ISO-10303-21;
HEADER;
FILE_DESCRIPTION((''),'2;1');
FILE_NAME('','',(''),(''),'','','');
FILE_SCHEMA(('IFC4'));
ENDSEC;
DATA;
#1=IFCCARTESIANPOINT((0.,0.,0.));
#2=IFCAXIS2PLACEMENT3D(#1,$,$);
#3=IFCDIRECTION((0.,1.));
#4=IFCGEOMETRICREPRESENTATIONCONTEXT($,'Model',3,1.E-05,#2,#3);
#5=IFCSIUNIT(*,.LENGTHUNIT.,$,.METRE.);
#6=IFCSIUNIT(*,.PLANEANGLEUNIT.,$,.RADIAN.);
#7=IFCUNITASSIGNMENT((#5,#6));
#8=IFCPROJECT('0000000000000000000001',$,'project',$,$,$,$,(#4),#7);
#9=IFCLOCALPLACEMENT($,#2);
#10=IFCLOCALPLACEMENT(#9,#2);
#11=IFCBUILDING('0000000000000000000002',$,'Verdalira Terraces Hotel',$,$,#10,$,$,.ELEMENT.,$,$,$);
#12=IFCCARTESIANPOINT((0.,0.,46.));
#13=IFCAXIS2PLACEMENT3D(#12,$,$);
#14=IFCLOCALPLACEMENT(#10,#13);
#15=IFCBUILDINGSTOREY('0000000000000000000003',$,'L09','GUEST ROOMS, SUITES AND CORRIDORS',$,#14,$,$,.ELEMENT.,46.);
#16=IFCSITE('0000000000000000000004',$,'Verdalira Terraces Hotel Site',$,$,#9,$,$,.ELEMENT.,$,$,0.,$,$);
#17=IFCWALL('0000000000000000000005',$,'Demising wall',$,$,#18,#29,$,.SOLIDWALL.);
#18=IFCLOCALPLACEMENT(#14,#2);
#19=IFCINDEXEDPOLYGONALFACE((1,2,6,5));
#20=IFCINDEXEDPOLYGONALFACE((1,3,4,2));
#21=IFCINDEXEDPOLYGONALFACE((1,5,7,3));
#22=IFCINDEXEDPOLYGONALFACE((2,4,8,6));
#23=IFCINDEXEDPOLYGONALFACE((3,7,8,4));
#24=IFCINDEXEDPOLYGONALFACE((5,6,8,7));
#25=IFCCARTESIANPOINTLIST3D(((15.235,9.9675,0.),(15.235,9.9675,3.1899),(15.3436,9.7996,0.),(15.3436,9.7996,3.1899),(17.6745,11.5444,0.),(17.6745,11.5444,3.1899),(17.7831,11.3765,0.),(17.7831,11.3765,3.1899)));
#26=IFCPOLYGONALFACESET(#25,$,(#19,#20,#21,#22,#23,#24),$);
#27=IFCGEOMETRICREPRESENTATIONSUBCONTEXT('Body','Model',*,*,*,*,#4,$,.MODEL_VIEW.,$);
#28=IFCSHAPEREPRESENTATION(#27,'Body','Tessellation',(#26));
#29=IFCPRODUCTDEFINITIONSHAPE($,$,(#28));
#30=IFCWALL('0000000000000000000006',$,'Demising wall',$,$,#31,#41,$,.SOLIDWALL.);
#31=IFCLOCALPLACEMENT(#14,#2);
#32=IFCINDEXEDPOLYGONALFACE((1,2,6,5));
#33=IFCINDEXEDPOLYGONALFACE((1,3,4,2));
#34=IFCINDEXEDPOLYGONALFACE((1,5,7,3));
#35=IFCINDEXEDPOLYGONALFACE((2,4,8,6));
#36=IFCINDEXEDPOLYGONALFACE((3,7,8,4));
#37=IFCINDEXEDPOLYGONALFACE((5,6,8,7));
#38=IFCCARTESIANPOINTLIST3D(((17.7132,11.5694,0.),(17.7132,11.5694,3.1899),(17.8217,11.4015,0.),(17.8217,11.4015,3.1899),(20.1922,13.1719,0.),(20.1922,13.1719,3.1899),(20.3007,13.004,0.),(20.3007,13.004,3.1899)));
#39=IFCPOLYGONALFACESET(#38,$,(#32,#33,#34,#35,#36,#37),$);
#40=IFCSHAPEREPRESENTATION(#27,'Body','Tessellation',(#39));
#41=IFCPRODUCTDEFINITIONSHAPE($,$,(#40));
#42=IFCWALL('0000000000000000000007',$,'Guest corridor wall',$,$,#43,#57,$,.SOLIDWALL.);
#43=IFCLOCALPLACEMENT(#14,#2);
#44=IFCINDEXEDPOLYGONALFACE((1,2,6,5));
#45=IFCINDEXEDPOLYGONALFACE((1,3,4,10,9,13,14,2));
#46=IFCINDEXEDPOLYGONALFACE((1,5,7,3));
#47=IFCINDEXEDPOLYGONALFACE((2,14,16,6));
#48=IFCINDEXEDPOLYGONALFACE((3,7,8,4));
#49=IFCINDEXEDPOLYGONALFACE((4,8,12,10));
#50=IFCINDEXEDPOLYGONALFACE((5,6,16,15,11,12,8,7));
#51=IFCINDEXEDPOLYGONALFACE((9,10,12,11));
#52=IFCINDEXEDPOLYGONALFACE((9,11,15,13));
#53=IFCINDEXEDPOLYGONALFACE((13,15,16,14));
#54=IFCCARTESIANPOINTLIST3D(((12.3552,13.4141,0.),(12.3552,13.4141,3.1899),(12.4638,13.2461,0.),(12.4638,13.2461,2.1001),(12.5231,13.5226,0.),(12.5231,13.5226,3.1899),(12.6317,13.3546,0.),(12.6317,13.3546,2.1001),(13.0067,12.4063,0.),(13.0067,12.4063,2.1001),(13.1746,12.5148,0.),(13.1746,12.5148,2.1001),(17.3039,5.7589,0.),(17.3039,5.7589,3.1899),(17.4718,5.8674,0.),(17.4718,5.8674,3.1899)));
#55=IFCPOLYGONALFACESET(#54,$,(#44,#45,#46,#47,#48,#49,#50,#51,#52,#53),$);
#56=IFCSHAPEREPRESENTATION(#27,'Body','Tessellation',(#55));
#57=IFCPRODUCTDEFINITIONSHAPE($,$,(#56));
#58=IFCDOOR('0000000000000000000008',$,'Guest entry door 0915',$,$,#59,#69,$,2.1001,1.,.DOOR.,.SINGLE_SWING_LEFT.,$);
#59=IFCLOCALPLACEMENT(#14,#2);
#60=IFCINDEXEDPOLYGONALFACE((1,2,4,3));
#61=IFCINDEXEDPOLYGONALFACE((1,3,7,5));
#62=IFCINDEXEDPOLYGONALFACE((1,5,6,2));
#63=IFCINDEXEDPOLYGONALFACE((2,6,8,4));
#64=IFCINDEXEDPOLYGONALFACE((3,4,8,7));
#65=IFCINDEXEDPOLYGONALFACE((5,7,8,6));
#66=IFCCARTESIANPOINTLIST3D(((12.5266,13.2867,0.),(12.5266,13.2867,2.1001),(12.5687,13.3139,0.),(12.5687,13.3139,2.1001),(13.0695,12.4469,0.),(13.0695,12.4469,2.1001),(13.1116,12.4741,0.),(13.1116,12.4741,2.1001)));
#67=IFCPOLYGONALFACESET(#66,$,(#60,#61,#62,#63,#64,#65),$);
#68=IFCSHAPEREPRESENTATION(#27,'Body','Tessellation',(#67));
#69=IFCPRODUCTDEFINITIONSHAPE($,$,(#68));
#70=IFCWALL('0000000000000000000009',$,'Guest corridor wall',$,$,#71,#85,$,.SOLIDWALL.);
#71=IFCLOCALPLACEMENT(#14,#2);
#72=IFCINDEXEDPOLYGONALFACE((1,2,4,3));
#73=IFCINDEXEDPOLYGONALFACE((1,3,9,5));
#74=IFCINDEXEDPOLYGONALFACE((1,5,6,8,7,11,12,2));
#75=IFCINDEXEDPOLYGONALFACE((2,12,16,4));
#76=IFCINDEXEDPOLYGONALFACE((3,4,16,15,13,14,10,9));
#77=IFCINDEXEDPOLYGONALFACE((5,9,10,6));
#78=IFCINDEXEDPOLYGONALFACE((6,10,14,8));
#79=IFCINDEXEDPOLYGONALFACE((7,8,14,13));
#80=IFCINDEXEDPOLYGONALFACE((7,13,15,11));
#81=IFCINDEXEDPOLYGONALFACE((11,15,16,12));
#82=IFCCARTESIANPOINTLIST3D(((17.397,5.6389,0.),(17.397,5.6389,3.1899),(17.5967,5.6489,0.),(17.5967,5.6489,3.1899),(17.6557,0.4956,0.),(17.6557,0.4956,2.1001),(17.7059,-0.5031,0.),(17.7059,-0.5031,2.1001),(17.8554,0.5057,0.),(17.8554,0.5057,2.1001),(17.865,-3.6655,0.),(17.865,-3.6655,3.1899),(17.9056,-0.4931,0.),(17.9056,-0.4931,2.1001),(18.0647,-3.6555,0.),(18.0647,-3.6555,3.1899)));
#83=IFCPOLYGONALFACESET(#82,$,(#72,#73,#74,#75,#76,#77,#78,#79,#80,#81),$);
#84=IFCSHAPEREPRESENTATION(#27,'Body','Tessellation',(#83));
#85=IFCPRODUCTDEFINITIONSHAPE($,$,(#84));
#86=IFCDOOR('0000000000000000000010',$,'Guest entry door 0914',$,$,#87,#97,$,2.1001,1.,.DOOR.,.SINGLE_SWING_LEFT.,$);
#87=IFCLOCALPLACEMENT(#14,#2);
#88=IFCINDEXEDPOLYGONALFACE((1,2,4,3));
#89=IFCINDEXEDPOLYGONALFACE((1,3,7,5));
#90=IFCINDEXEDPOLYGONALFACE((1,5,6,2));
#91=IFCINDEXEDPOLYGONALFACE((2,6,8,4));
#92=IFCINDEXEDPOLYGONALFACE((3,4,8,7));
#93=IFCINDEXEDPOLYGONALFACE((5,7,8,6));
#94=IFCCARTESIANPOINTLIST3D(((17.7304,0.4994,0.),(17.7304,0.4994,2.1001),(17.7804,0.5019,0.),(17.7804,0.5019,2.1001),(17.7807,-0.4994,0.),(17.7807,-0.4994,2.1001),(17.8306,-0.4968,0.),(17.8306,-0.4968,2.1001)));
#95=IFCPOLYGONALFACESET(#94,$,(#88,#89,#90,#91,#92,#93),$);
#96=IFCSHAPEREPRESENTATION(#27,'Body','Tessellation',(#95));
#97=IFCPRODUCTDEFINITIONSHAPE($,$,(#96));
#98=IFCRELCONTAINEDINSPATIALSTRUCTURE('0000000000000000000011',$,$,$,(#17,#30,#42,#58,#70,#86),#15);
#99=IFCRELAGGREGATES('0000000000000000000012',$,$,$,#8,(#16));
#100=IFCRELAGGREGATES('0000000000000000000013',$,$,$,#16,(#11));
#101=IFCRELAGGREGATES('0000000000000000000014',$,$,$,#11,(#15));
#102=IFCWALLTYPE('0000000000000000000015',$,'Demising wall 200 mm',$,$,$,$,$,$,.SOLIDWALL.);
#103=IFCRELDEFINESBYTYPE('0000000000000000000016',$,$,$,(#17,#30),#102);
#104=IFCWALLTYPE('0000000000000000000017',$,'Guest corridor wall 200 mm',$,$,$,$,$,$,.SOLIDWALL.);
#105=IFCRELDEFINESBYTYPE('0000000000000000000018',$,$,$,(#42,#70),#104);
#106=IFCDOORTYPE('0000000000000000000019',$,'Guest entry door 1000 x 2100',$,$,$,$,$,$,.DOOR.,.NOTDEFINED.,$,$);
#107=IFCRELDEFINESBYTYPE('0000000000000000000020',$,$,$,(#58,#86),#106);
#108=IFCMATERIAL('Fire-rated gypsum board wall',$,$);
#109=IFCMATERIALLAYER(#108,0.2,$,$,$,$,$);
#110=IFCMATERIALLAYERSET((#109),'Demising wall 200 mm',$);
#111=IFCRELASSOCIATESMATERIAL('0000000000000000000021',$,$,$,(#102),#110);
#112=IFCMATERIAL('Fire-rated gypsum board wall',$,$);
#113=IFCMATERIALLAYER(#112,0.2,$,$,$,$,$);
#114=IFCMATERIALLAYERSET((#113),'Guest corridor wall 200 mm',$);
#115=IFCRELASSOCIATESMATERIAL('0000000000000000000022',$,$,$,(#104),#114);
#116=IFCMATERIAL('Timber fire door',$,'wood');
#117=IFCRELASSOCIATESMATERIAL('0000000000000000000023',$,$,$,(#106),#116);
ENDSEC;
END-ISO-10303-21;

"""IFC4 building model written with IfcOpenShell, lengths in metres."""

from ifc_helpers import new_model, si_unit, direction, frame, frame_2d, origin, place, context, subcontext, project, spatial, rectangle, extrude, material, layer, layer_set, type_object, element, fill, save


model = new_model("IFC4")

# Units and contexts
model_context = context("Model", 3, precision=1e-05, world=origin(), true_north=direction((0.0, 1.0)))
body_context = subcontext(model_context, "Body", "Model", "MODEL_VIEW")
ifc_project = project(units=[si_unit("LENGTHUNIT", "METRE"), si_unit("PLANEANGLEUNIT", "RADIAN")], contexts=[model_context])

# Site, building, storey
site_placement = place(None, origin())
site = spatial("IfcSite", under=ifc_project, at=site_placement, Name="Verdalira Terraces Hotel Site", CompositionType="ELEMENT", RefElevation=0.0)
building_placement = place(site_placement, origin())
building = spatial("IfcBuilding", under=site, at=building_placement, Name="Verdalira Terraces Hotel", CompositionType="ELEMENT")
storey_placement = place(building_placement, frame((0.0, 0.0, 46.0)))
storey = spatial("IfcBuildingStorey", under=building, at=storey_placement, Name="L09", Description="GUEST ROOMS, SUITES AND CORRIDORS", CompositionType="ELEMENT", Elevation=46.0)

# Walls
ifc_material_1 = material(Name="Fire-rated gypsum board wall")
ifc_layer_1 = layer(ifc_material_1, 0.2)
ifc_layer_set_1 = layer_set([ifc_layer_1], Name="Demising wall 200 mm")
wall_type_1 = type_object("IfcWallType", Name="Demising wall 200 mm", PredefinedType="SOLIDWALL", material=ifc_layer_set_1)
wall_1_placement = place(storey_placement, frame((15.2893, 9.8835, 0.0), z_axis=(0.0, 0.0, 1.0), x_axis=(0.839816, 0.542871, 0.0)))
element("IfcWall", 1, at=wall_1_placement, inside=storey, type_object=wall_type_1, Name="Demising wall", PredefinedType="SOLIDWALL", context=body_context, shape_type="SweptSolid", body=[
    extrude(rectangle(XDim=2.9048, YDim=0.2, at=frame_2d((1.4524, 0.0))), origin(), (0.0, 0.0, 1.0), 3.1899),
])
wall_2_placement = place(storey_placement, frame((17.7673, 11.4854, 0.0), z_axis=(0.0, 0.0, 1.0), x_axis=(0.839805, 0.542888, 0.0)))
element("IfcWall", 2, at=wall_2_placement, inside=storey, type_object=wall_type_1, Name="Demising wall", PredefinedType="SOLIDWALL", context=body_context, shape_type="SweptSolid", body=[
    extrude(rectangle(XDim=2.9519, YDim=0.2, at=frame_2d((1.4761, 0.0))), origin(), (0.0, 0.0, 1.0), 3.1899),
])

# Walls, openings, doors
ifc_material_2 = material(Name="Fire-rated gypsum board wall")
ifc_layer_2 = layer(ifc_material_2, 0.2)
ifc_layer_set_2 = layer_set([ifc_layer_2], Name="Guest corridor wall 200 mm")
wall_type_2 = type_object("IfcWallType", Name="Guest corridor wall 200 mm", PredefinedType="SOLIDWALL", material=ifc_layer_set_2)
wall_3_placement = place(storey_placement, frame((12.4392, 13.4683, 0.0), z_axis=(0.0, 0.0, 1.0), x_axis=(0.542889, -0.839804, 0.0)))
wall_3 = element("IfcWall", 3, at=wall_3_placement, inside=storey, type_object=wall_type_2, Name="Guest corridor wall", PredefinedType="SOLIDWALL", context=body_context, shape_type="SweptSolid", body=[
    extrude(rectangle(XDim=9.1155, YDim=0.2, at=frame_2d((4.5576, 0.0))), origin(), (0.0, 0.0, 1.0), 3.1899),
])
opening_1_placement = place(wall_3_placement, frame((0.2, 0.0, 0.0)))
opening_1 = element("IfcOpeningElement", 4, at=opening_1_placement, cuts=wall_3, PredefinedType="OPENING", context=body_context, shape_type="SweptSolid", body=[
    extrude(rectangle(XDim=1.0, YDim=2.1001, at=frame_2d((0.5, 1.05))), frame((0.0, 0.1099, 0.0), z_axis=(0.0, -1.0, 0.0), x_axis=(1.0, 0.0, 0.0)), (0.0, 0.0, 1.0), 0.22),
])
ifc_material_3 = material(Name="Timber fire door", Category="wood")
door_type_1 = type_object("IfcDoorType", Name="Guest entry door 1000 x 2100", OperationType="NOTDEFINED", PredefinedType="DOOR", material=ifc_material_3)
door_1_placement = place(opening_1_placement, origin())
door_1 = element("IfcDoor", 5, at=door_1_placement, inside=storey, type_object=door_type_1, Name="Guest entry door 0915", OperationType="SINGLE_SWING_LEFT", OverallHeight=2.1001, OverallWidth=1.0, PredefinedType="DOOR", context=body_context, shape_type="SweptSolid", body=[
    extrude(rectangle(XDim=1.0, YDim=2.1001, at=frame_2d((0.5, 1.05))), frame((0.0, 0.0249, 0.0), z_axis=(0.0, -1.0, 0.0), x_axis=(1.0, 0.0, 0.0)), (0.0, 0.0, 1.0), 0.05),
])
fill(opening_1, door_1)
wall_4_placement = place(storey_placement, frame((17.4968, 5.644, 0.0), z_axis=(0.0, 0.0, 1.0), x_axis=(0.050237, -0.998737, 0.0)))
wall_4 = element("IfcWall", 6, at=wall_4_placement, inside=storey, type_object=wall_type_2, Name="Guest corridor wall", PredefinedType="SOLIDWALL", context=body_context, shape_type="SweptSolid", body=[
    extrude(rectangle(XDim=9.3162, YDim=0.2, at=frame_2d((4.6582, 0.0))), origin(), (0.0, 0.0, 1.0), 3.1899),
])
opening_2_placement = place(wall_4_placement, frame((5.1499, 0.0, 0.0)))
opening_2 = element("IfcOpeningElement", 7, at=opening_2_placement, cuts=wall_4, PredefinedType="OPENING", context=body_context, shape_type="SweptSolid", body=[
    extrude(rectangle(XDim=1.0, YDim=2.1001, at=frame_2d((0.5, 1.05))), frame((0.0, 0.1099, 0.0), z_axis=(0.0, -1.0, 0.0), x_axis=(1.0, 0.0, 0.0)), (0.0, 0.0, 1.0), 0.22),
])
door_2_placement = place(opening_2_placement, origin())
door_2 = element("IfcDoor", 8, at=door_2_placement, inside=storey, type_object=door_type_1, Name="Guest entry door 0914", OperationType="SINGLE_SWING_LEFT", OverallHeight=2.1001, OverallWidth=1.0, PredefinedType="DOOR", context=body_context, shape_type="SweptSolid", body=[
    extrude(rectangle(XDim=1.0, YDim=2.1001, at=frame_2d((0.5, 1.05))), frame((0.0, 0.0249, 0.0), z_axis=(0.0, -1.0, 0.0), x_axis=(1.0, 0.0, 0.0)), (0.0, 0.0, 1.0), 0.05),
])
fill(opening_2, door_2)

save(model, "model.ifc")
